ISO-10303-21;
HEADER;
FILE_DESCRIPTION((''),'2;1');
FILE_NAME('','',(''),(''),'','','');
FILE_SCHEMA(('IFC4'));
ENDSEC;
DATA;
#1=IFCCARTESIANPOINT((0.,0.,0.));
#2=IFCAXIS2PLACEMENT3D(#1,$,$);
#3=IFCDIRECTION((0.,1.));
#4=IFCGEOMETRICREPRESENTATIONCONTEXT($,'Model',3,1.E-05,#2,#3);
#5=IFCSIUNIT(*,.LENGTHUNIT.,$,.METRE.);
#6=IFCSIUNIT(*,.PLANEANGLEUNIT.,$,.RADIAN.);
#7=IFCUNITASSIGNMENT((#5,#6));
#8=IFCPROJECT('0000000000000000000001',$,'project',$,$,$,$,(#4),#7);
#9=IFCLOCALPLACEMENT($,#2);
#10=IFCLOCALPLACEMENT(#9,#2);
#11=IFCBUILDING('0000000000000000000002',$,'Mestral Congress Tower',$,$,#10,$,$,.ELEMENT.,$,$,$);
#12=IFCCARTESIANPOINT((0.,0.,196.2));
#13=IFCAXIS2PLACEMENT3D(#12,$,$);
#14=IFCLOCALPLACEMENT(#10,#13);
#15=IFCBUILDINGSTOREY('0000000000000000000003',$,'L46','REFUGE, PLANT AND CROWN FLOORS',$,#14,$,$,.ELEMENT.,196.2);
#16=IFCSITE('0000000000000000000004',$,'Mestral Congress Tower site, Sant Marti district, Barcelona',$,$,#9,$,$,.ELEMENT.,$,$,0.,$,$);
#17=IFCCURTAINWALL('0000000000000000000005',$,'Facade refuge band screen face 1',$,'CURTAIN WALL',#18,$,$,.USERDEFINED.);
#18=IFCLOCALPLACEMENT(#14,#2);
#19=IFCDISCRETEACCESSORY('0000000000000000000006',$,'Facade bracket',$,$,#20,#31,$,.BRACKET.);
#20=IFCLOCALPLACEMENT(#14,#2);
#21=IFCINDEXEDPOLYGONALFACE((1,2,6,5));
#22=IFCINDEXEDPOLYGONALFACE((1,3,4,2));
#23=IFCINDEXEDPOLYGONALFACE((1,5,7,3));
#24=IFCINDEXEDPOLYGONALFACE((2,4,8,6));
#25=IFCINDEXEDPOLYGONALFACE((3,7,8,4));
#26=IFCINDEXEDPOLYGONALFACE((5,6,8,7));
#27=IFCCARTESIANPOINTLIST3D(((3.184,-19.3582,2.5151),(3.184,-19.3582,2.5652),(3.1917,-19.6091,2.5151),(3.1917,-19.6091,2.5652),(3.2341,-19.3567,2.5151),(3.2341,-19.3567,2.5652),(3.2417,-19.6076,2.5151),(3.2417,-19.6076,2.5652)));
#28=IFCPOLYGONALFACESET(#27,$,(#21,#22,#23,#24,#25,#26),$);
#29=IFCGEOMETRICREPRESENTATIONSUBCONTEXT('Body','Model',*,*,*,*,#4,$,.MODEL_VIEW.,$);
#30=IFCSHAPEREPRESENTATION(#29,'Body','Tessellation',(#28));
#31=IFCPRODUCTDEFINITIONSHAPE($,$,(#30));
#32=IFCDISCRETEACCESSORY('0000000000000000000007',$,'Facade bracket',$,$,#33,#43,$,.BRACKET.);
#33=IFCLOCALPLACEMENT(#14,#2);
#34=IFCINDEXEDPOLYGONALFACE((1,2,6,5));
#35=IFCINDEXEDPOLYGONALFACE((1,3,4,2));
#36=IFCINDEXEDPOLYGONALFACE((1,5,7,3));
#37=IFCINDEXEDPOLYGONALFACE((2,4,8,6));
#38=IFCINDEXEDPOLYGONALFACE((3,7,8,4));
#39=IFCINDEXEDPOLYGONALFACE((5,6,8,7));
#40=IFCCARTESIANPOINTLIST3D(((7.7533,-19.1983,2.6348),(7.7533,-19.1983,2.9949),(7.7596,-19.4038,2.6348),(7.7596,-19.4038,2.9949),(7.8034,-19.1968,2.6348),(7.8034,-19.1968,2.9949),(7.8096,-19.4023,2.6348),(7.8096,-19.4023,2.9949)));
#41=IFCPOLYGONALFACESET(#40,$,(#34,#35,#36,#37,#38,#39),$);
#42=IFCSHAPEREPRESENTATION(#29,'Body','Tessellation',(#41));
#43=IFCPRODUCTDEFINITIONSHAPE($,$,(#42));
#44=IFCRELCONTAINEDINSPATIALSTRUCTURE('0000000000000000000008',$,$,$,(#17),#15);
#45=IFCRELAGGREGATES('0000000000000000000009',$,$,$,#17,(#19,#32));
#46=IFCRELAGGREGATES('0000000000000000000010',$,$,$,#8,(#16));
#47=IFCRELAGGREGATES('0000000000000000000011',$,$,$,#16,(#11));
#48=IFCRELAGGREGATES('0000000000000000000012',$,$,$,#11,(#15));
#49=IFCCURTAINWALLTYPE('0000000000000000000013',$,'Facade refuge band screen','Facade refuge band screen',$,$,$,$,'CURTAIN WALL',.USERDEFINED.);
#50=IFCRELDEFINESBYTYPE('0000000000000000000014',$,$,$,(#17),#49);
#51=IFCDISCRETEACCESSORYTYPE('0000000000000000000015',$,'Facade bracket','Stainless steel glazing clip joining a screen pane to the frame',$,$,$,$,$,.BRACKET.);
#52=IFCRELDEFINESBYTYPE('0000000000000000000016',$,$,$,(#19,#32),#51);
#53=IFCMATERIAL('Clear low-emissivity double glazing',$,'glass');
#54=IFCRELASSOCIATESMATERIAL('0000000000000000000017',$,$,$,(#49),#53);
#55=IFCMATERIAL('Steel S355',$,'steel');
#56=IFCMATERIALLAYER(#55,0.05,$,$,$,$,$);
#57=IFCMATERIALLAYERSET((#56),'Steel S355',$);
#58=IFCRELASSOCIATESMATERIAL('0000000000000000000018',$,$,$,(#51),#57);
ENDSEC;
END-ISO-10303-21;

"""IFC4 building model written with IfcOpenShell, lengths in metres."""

from ifc_helpers import new_model, si_unit, direction, frame, origin, origin_2d, place, context, subcontext, project, spatial, rectangle, extrude, material, layer, layer_set, type_object, element, aggregate, save


model = new_model("IFC4")

# Units and contexts
model_context = context("Model", 3, precision=1e-05, world=origin(), true_north=direction((0.0, 1.0)))
body_context = subcontext(model_context, "Body", "Model", "MODEL_VIEW")
ifc_project = project(units=[si_unit("LENGTHUNIT", "METRE"), si_unit("PLANEANGLEUNIT", "RADIAN")], contexts=[model_context])

# Site, building, storey
site_placement = place(None, origin())
site = spatial("IfcSite", under=ifc_project, at=site_placement, Name="Mestral Congress Tower site, Sant Marti district, Barcelona", CompositionType="ELEMENT", RefElevation=0.0)
building_placement = place(site_placement, origin())
building = spatial("IfcBuilding", under=site, at=building_placement, Name="Mestral Congress Tower", CompositionType="ELEMENT")
storey_placement = place(building_placement, frame((0.0, 0.0, 196.2)))
storey = spatial("IfcBuildingStorey", under=building, at=storey_placement, Name="L46", Description="REFUGE, PLANT AND CROWN FLOORS", CompositionType="ELEMENT", Elevation=196.2)

# Shared definitions
ifc_material_1 = material(Name="Steel S355", Category="steel")

# Curtain wall
ifc_material_2 = material(Name="Clear low-emissivity double glazing", Category="glass")
curtain_wall_type = type_object("IfcCurtainWallType", Name="Facade refuge band screen", Description="Facade refuge band screen", ElementType="CURTAIN WALL", PredefinedType="USERDEFINED", material=ifc_material_2)
curtain_wall_placement = place(storey_placement, origin())
curtain_wall = element("IfcCurtainWall", 1, at=curtain_wall_placement, inside=storey, type_object=curtain_wall_type, Name="Facade refuge band screen face 1", ObjectType="CURTAIN WALL", PredefinedType="USERDEFINED")

# Discrete accessories
ifc_layer_1 = layer(ifc_material_1, 0.05)
ifc_layer_set_1 = layer_set([ifc_layer_1], Name="Steel S355")
discrete_accessory_type = type_object("IfcDiscreteAccessoryType", Name="Facade bracket", Description="Stainless steel glazing clip joining a screen pane to the frame", PredefinedType="BRACKET", material=ifc_layer_set_1)
discrete_accessory_1_placement = place(storey_placement, frame((3.2129, -19.4829, 2.5151), z_axis=(0.0, 0.0, 1.0), x_axis=(0.999534, 0.030535, 0.0)))
discrete_accessory_1 = element("IfcDiscreteAccessory", 2, at=discrete_accessory_1_placement, type_object=discrete_accessory_type, Name="Facade bracket", PredefinedType="BRACKET", context=body_context, shape_type="SweptSolid", body=[
    extrude(rectangle(XDim=0.05, YDim=0.251, at=origin_2d()), origin(), (0.0, 0.0, 1.0), 0.05),
])
discrete_accessory_2_placement = place(storey_placement, frame((7.7815, -19.3003, 2.6348), z_axis=(0.0, 0.0, 1.0), x_axis=(0.999535, 0.030495, 0.0)))
discrete_accessory_2 = element("IfcDiscreteAccessory", 3, at=discrete_accessory_2_placement, type_object=discrete_accessory_type, Name="Facade bracket", PredefinedType="BRACKET", context=body_context, shape_type="SweptSolid", body=[
    extrude(rectangle(XDim=0.05, YDim=0.2056, at=origin_2d()), origin(), (0.0, 0.0, 1.0), 0.3601),
])
aggregate(curtain_wall, [discrete_accessory_1, discrete_accessory_2])

save(model, "model.ifc")
